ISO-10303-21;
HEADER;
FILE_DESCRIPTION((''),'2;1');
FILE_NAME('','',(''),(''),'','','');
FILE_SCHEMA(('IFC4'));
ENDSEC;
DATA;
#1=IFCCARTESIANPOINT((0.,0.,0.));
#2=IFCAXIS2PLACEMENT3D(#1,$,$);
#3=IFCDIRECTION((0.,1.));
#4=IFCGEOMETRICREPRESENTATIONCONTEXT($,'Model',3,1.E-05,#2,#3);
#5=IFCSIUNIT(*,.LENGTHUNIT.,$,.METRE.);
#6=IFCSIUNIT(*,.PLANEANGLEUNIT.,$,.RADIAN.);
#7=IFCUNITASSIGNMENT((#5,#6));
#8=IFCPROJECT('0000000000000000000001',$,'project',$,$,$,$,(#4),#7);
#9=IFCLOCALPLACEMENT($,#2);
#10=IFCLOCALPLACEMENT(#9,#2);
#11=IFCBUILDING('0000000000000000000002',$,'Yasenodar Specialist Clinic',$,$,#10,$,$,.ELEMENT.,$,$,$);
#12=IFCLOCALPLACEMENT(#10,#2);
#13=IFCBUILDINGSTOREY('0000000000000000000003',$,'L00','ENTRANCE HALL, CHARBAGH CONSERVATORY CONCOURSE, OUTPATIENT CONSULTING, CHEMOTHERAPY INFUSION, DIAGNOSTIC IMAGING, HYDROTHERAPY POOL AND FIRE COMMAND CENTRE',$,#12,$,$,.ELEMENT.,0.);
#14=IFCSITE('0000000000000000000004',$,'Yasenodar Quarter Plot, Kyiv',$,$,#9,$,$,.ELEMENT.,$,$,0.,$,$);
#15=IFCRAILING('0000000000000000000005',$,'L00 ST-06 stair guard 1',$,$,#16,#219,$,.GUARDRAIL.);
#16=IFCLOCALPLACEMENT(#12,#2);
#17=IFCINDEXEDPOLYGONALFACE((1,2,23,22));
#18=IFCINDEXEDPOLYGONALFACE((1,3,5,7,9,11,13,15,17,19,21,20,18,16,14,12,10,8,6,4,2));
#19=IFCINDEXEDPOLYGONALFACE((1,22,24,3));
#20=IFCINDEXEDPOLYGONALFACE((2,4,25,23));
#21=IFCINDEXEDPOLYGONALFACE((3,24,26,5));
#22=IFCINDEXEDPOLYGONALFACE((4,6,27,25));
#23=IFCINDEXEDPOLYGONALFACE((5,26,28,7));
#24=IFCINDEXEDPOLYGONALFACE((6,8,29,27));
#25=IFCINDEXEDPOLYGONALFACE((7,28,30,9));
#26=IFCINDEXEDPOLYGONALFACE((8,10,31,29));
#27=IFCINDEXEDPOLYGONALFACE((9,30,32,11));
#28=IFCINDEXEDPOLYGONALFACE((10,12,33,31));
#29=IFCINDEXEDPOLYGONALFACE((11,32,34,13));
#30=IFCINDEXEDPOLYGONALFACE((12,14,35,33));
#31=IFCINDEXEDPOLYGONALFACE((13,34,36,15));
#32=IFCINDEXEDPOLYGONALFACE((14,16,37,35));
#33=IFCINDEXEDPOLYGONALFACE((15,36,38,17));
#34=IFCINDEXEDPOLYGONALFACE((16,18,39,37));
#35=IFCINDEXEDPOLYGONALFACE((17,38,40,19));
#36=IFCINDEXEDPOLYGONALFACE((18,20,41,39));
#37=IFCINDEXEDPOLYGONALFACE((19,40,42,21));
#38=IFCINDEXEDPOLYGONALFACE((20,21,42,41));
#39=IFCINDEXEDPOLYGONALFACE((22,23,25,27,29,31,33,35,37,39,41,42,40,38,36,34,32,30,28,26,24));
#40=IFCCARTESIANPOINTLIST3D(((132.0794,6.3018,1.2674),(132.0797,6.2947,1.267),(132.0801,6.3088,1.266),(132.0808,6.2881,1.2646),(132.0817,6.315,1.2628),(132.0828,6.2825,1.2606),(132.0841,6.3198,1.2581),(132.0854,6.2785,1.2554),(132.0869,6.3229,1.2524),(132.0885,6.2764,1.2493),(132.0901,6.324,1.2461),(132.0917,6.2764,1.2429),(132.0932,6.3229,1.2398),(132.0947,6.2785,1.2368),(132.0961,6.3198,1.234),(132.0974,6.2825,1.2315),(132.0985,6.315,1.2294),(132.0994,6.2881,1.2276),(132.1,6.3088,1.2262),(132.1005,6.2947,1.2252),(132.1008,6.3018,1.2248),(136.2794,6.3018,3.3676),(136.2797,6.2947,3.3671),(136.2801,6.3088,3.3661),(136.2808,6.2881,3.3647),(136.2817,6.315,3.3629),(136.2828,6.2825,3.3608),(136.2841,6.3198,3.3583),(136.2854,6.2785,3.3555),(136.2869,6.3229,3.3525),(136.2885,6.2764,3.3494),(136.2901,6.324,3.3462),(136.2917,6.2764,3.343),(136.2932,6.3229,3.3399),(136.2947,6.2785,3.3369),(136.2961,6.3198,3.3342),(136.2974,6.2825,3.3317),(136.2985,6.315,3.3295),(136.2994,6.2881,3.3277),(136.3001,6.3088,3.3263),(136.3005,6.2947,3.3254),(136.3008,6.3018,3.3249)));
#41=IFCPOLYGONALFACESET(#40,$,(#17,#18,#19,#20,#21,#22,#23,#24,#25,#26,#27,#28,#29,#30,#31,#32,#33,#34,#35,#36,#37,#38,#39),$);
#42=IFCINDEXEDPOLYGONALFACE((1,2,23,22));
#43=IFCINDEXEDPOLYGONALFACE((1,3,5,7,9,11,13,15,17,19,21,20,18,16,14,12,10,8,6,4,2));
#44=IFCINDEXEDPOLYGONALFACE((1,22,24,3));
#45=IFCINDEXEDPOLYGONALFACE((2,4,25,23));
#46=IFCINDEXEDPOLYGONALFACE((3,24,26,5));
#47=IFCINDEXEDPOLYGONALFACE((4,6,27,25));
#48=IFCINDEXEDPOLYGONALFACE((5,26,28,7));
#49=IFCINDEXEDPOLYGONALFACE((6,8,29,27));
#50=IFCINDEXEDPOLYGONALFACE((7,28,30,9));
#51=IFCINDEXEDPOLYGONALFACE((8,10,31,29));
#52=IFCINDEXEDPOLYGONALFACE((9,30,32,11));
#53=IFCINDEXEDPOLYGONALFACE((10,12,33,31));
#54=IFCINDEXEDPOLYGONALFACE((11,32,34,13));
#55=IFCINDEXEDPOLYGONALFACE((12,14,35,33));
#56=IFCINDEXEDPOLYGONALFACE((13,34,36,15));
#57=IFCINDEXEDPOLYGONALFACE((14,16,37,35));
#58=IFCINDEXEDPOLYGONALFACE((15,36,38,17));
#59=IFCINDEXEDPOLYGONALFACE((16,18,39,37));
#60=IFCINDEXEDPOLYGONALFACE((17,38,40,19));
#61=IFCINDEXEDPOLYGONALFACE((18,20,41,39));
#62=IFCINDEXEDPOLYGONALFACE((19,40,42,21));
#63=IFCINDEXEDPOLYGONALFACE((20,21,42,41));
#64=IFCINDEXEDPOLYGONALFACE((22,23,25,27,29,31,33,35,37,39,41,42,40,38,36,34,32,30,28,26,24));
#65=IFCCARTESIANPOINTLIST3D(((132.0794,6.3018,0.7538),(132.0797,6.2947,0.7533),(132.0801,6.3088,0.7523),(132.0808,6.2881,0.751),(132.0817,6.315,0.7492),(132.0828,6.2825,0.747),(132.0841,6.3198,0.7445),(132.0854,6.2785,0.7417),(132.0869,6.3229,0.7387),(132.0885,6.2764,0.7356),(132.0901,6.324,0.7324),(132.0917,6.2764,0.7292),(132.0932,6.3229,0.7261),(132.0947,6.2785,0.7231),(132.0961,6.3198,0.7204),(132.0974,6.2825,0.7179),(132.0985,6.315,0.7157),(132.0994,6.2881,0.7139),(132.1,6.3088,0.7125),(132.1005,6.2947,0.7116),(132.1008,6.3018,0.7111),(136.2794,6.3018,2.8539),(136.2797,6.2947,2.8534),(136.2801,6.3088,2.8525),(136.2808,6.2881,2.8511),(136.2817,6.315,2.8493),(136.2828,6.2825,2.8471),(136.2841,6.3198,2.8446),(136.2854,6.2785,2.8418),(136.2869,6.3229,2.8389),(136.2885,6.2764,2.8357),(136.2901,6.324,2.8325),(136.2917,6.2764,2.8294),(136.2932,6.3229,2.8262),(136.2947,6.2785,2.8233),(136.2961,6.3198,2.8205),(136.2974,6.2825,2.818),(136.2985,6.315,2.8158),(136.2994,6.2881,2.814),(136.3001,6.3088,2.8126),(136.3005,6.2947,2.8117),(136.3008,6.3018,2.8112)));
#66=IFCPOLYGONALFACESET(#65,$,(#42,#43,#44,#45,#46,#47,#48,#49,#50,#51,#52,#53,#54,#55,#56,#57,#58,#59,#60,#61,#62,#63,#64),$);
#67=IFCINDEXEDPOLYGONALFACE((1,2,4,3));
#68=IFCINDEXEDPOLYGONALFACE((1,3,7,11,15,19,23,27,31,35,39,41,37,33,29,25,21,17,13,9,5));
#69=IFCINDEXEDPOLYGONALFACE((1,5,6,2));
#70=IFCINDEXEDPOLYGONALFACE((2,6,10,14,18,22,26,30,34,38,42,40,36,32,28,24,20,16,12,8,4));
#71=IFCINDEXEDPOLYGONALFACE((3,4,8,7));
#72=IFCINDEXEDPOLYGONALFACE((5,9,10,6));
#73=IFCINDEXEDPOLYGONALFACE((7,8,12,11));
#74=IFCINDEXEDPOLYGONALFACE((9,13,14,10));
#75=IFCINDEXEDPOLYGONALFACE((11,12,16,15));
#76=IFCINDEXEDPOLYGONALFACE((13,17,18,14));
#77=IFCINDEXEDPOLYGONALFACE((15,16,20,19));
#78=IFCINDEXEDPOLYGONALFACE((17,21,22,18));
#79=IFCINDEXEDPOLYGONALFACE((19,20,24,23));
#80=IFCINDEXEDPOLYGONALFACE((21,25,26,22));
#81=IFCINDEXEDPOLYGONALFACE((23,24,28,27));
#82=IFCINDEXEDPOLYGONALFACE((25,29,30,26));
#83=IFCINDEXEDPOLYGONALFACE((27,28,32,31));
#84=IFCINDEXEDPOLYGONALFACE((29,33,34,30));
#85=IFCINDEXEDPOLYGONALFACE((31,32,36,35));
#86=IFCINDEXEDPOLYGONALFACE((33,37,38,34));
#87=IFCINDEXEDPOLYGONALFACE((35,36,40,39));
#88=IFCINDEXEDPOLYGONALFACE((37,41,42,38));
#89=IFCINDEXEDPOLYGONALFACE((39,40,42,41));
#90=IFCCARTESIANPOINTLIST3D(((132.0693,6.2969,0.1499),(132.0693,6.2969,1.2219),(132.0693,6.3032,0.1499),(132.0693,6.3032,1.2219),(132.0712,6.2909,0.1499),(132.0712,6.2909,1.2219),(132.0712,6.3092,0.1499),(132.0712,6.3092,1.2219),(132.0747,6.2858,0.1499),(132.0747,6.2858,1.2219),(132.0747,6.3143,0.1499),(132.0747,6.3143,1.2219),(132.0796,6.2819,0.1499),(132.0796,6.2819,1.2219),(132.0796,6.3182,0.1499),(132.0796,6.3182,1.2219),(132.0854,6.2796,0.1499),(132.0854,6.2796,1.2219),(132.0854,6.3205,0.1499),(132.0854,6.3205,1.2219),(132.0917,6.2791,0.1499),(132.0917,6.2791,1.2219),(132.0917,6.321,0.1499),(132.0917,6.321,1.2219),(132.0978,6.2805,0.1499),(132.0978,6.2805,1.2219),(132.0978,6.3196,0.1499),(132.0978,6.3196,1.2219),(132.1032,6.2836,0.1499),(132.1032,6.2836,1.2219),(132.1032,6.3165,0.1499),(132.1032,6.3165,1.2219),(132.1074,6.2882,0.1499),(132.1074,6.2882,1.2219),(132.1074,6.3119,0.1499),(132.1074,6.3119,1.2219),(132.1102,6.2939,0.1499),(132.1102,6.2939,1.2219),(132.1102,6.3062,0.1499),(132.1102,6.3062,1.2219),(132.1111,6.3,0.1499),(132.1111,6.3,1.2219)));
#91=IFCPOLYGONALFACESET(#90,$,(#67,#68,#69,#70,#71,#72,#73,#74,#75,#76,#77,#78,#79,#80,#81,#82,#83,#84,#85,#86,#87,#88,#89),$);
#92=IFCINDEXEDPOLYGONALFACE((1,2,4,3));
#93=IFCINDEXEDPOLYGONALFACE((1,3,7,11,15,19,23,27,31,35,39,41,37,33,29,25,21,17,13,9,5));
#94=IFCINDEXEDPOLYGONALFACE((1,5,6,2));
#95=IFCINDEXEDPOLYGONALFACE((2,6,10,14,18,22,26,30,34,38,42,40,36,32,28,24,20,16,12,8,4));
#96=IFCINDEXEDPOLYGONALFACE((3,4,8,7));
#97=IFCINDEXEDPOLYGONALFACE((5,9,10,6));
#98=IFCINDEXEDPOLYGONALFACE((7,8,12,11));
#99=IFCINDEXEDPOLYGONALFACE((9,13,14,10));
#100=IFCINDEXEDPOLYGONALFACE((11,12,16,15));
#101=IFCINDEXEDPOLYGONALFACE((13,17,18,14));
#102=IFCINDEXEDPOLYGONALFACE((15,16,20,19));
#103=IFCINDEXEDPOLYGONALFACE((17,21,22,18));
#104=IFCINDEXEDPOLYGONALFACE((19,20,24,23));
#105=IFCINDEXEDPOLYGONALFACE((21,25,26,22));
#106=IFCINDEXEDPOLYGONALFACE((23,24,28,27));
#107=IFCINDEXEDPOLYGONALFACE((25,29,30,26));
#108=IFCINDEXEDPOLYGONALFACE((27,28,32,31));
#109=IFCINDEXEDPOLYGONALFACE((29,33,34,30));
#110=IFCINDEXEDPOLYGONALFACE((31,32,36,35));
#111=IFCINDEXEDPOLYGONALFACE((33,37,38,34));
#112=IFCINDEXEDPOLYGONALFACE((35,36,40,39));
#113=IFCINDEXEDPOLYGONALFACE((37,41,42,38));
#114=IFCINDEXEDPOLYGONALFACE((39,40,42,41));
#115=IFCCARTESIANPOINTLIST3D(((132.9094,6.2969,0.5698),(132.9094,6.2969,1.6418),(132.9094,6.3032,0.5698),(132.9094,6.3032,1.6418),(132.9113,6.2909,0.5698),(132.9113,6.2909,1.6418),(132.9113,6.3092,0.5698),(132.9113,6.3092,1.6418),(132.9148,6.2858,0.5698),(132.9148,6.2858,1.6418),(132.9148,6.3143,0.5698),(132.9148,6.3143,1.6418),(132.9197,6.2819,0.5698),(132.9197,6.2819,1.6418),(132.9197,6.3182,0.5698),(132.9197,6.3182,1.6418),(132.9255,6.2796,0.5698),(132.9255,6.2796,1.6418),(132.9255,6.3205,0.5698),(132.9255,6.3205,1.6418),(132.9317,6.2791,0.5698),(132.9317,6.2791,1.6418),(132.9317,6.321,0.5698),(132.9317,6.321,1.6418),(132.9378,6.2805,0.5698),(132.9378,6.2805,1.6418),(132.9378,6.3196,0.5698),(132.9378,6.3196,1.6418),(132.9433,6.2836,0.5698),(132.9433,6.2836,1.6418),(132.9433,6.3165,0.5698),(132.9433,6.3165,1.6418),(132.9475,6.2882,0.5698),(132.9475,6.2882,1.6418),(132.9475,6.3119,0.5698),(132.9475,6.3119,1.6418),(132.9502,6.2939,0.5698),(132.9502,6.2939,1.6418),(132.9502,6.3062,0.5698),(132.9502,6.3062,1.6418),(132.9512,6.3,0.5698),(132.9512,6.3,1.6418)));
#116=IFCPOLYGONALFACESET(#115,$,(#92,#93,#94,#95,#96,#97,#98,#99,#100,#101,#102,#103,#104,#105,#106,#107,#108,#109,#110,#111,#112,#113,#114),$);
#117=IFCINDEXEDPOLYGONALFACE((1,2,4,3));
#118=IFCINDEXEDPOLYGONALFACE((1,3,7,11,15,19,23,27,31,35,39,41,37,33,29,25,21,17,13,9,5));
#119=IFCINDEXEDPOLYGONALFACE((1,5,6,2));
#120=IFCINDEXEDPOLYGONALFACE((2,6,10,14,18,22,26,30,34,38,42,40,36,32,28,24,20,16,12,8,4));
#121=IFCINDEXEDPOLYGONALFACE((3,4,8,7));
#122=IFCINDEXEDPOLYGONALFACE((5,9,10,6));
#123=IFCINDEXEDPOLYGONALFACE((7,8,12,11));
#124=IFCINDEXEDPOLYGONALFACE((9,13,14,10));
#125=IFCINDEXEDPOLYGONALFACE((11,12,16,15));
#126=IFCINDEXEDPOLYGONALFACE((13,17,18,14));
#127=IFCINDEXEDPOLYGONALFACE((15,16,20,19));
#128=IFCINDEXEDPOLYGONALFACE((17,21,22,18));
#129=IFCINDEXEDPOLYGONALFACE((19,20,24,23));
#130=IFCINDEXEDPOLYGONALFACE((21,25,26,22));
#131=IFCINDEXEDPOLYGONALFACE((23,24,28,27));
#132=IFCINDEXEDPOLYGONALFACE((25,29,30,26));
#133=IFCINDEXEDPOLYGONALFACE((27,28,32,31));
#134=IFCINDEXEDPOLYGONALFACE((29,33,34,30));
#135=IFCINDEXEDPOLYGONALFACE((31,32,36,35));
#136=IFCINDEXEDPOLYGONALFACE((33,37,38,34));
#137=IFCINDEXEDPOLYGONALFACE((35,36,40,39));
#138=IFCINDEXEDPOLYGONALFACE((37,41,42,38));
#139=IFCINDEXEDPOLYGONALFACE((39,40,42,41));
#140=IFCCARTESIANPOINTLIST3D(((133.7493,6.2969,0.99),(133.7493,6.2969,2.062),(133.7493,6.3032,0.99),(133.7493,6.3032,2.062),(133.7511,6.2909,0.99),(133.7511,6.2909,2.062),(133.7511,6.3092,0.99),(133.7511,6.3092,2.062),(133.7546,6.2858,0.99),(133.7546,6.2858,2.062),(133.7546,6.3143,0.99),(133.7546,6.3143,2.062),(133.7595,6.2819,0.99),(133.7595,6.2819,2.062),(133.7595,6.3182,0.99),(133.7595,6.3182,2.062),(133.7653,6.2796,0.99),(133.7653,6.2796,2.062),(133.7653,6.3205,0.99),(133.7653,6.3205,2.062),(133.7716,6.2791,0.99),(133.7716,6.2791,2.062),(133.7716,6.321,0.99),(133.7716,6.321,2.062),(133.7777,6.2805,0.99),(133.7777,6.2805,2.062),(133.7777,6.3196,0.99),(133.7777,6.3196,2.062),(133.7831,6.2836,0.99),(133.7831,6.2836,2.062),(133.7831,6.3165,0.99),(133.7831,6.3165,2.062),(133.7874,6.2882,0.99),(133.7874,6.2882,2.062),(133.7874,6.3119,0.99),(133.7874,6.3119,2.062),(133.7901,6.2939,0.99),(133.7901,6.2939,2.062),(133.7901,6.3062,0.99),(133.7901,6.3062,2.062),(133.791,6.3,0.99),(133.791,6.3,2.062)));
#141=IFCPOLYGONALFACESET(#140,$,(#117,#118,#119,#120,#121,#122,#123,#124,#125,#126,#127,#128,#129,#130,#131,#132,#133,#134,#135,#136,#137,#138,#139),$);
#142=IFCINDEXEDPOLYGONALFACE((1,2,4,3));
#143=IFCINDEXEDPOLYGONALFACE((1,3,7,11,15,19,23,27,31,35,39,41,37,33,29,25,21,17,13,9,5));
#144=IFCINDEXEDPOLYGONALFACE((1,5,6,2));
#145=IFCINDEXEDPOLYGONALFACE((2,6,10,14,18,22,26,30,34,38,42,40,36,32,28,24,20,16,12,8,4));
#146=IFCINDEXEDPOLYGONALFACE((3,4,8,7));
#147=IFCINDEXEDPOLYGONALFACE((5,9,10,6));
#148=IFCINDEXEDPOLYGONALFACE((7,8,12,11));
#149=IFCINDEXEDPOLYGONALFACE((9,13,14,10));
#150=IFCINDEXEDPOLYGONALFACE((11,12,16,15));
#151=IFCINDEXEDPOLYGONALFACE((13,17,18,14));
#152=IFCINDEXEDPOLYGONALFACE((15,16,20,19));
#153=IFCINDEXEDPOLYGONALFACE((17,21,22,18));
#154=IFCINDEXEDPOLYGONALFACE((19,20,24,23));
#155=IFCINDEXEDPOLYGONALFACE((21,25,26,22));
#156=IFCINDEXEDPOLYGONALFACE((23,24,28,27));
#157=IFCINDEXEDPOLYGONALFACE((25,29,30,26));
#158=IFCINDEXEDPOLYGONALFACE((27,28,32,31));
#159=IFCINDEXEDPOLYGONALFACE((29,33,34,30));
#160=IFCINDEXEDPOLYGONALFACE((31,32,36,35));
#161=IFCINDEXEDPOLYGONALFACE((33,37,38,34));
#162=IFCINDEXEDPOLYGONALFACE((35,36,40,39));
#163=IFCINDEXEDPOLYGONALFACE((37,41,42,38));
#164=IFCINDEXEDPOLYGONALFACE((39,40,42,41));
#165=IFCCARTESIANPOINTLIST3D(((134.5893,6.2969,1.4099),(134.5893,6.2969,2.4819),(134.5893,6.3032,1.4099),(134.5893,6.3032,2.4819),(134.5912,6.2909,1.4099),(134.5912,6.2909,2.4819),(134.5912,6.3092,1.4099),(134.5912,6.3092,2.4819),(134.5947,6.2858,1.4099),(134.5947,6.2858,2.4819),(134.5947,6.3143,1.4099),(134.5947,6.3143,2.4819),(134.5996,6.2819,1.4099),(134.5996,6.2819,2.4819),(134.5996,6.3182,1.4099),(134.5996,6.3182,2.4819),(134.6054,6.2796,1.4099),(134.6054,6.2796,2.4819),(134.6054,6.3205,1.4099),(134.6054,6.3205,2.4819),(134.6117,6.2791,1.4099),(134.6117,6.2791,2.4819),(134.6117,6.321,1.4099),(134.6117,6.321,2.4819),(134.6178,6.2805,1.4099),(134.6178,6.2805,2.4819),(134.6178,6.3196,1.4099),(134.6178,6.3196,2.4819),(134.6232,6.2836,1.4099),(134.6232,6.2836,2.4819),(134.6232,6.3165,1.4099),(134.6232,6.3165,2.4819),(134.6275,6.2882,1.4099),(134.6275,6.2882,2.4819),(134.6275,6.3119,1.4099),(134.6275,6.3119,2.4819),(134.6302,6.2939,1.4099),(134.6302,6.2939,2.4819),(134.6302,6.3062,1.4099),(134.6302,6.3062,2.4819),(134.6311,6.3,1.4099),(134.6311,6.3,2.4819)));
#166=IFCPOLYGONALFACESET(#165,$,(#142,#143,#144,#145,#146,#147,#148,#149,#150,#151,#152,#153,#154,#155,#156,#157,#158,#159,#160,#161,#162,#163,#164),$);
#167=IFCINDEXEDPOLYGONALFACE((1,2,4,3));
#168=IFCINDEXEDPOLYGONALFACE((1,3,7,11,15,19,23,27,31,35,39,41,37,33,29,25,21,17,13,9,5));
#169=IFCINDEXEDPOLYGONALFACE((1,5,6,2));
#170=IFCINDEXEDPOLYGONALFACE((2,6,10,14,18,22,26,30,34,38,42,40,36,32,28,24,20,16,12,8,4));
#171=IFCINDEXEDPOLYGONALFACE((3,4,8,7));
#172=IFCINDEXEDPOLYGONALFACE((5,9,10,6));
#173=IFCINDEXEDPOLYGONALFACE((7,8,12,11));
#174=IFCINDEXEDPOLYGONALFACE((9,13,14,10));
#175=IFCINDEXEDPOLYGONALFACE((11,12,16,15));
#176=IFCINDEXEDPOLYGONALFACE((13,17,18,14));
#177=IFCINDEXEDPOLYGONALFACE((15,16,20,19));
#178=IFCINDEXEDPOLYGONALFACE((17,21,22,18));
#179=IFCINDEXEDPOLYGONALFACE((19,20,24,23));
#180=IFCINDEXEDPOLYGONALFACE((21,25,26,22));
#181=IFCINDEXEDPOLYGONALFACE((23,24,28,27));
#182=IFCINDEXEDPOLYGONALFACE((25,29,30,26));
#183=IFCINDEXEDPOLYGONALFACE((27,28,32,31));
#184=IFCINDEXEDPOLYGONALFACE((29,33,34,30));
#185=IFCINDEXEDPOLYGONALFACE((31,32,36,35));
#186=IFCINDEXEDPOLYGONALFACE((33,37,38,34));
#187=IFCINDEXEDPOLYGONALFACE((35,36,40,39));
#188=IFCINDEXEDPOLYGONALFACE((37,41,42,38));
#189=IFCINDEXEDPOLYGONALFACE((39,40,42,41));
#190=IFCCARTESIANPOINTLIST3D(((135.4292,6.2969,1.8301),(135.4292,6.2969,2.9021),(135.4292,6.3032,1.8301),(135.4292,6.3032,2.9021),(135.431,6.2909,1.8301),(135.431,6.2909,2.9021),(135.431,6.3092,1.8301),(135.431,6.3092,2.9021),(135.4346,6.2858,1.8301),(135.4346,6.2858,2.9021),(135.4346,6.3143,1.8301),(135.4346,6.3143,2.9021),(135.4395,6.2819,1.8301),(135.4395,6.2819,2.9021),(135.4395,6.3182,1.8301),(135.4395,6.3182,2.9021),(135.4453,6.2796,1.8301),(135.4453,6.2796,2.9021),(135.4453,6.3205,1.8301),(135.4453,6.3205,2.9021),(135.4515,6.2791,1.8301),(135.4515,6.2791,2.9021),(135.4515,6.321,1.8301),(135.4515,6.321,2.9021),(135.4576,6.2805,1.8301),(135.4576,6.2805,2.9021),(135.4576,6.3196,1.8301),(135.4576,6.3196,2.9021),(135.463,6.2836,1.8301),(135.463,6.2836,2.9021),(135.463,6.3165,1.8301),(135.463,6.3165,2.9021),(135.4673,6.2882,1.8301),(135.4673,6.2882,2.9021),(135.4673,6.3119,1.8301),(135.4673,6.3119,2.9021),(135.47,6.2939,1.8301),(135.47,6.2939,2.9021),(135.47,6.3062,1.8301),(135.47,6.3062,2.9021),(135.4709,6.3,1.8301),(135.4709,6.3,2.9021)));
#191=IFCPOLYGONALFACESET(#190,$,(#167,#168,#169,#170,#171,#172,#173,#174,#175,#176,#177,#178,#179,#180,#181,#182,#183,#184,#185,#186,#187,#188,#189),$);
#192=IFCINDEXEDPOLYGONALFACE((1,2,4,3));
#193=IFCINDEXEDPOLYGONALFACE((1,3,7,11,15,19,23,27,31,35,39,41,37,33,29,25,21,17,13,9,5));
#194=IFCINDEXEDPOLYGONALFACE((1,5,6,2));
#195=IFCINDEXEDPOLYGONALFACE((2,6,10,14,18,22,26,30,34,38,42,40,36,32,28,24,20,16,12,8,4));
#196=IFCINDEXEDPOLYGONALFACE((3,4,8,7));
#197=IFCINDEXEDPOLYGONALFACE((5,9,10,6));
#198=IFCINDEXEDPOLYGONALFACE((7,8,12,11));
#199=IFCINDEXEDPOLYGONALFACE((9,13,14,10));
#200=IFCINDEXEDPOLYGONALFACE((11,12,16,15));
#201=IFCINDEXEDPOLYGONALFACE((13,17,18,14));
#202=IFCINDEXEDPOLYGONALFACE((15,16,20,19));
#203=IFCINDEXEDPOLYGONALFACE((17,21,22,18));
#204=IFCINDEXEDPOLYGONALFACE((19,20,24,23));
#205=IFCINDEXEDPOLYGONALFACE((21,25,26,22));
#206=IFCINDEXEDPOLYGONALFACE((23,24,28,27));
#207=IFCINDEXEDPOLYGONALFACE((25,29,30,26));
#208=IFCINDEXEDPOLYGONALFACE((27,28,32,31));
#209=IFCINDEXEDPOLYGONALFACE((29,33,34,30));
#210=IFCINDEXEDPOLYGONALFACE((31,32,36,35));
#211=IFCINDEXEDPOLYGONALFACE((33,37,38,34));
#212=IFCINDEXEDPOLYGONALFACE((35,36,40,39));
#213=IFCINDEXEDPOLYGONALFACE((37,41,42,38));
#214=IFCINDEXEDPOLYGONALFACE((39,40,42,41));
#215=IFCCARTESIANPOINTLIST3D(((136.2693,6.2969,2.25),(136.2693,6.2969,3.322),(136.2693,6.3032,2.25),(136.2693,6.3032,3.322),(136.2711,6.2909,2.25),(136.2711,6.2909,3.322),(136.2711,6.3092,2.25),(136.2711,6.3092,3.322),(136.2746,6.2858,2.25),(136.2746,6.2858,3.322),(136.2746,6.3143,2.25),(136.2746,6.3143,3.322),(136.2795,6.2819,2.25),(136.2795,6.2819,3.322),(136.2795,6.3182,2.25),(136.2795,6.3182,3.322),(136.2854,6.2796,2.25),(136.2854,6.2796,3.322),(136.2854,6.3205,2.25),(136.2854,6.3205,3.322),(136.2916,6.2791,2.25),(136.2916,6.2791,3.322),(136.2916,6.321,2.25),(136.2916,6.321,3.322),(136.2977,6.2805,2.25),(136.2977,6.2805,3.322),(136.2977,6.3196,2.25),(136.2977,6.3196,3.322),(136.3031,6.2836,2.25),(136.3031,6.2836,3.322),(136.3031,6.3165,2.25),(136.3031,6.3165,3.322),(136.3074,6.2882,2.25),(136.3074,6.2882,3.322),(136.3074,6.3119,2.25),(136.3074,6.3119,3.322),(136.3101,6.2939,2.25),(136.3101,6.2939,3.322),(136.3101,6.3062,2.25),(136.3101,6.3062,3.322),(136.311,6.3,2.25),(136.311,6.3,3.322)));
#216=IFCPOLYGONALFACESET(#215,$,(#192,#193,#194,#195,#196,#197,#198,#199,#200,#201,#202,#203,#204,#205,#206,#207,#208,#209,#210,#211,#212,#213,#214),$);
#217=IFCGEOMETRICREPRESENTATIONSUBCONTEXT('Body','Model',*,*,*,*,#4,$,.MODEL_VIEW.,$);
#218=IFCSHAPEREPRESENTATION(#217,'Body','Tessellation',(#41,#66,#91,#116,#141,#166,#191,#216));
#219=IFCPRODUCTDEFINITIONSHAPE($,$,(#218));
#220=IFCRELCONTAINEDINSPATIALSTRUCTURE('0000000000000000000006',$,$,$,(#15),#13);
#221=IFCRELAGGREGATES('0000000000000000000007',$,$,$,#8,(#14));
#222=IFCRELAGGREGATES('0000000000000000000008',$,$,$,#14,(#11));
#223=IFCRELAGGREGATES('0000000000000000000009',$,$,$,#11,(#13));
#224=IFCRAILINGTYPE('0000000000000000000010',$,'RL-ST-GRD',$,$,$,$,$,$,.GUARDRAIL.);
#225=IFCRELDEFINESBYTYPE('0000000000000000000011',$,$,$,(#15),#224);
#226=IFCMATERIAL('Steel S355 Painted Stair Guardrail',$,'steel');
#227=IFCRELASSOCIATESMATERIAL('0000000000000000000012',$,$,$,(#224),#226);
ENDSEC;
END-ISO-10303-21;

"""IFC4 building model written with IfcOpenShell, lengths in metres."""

from ifc_helpers import new_model, si_unit, direction, frame, origin, origin_2d, place, context, subcontext, project, spatial, circle, extrude, material, type_object, element, save


model = new_model("IFC4")

# Units and contexts
model_context = context("Model", 3, precision=1e-05, world=origin(), true_north=direction((0.0, 1.0)))
body_context = subcontext(model_context, "Body", "Model", "MODEL_VIEW")
ifc_project = project(units=[si_unit("LENGTHUNIT", "METRE"), si_unit("PLANEANGLEUNIT", "RADIAN")], contexts=[model_context])

# Site, building, storey
site_placement = place(None, origin())
site = spatial("IfcSite", under=ifc_project, at=site_placement, Name="Yasenodar Quarter Plot, Kyiv", CompositionType="ELEMENT", RefElevation=0.0)
building_placement = place(site_placement, origin())
building = spatial("IfcBuilding", under=site, at=building_placement, Name="Yasenodar Specialist Clinic", CompositionType="ELEMENT")
storey_placement = place(building_placement, origin())
storey = spatial("IfcBuildingStorey", under=building, at=storey_placement, Name="L00", Description="ENTRANCE HALL, CHARBAGH CONSERVATORY CONCOURSE, OUTPATIENT CONSULTING, CHEMOTHERAPY INFUSION, DIAGNOSTIC IMAGING, HYDROTHERAPY POOL AND FIRE COMMAND CENTRE", CompositionType="ELEMENT", Elevation=0.0)

# Railing
ifc_material_1 = material(Name="Steel S355 Painted Stair Guardrail", Category="steel")
railing_type_1 = type_object("IfcRailingType", Name="RL-ST-GRD", PredefinedType="GUARDRAIL", material=ifc_material_1)
railing_1_placement = place(storey_placement, frame((132.0901, 6.3, 0.1499)))
element("IfcRailing", 1, at=railing_1_placement, inside=storey, type_object=railing_type_1, Name="L00 ST-06 stair guard 1", PredefinedType="GUARDRAIL", context=body_context, shape_type="SweptSolid", body=[
    extrude(circle(Radius=0.0239, at=origin_2d()), frame((0.0, 0.0, 1.0962), z_axis=(0.894417, 0.0, 0.447234), x_axis=(0.0, 1.0, 0.0)), (0.0, 0.0, 1.0), 4.6958),
    extrude(circle(Radius=0.0239, at=origin_2d()), frame((0.0, 0.0, 0.5825), z_axis=(0.894417, 0.0, 0.447234), x_axis=(0.0, 1.0, 0.0)), (0.0, 0.0, 1.0), 4.6958),
    extrude(circle(Radius=0.021, at=origin_2d()), origin(), (0.0, 0.0, 1.0), 1.072),
    extrude(circle(Radius=0.021, at=origin_2d()), frame((0.8401, 0.0, 0.4199)), (0.0, 0.0, 1.0), 1.072),
    extrude(circle(Radius=0.021, at=origin_2d()), frame((1.6799, 0.0, 0.8401)), (0.0, 0.0, 1.0), 1.072),
    extrude(circle(Radius=0.021, at=origin_2d()), frame((2.52, 0.0, 1.26)), (0.0, 0.0, 1.0), 1.072),
    extrude(circle(Radius=0.021, at=origin_2d()), frame((3.3599, 0.0, 1.6802)), (0.0, 0.0, 1.0), 1.072),
    extrude(circle(Radius=0.021, at=origin_2d()), frame((4.2, 0.0, 2.1001)), (0.0, 0.0, 1.0), 1.072),
])

save(model, "model.ifc")
